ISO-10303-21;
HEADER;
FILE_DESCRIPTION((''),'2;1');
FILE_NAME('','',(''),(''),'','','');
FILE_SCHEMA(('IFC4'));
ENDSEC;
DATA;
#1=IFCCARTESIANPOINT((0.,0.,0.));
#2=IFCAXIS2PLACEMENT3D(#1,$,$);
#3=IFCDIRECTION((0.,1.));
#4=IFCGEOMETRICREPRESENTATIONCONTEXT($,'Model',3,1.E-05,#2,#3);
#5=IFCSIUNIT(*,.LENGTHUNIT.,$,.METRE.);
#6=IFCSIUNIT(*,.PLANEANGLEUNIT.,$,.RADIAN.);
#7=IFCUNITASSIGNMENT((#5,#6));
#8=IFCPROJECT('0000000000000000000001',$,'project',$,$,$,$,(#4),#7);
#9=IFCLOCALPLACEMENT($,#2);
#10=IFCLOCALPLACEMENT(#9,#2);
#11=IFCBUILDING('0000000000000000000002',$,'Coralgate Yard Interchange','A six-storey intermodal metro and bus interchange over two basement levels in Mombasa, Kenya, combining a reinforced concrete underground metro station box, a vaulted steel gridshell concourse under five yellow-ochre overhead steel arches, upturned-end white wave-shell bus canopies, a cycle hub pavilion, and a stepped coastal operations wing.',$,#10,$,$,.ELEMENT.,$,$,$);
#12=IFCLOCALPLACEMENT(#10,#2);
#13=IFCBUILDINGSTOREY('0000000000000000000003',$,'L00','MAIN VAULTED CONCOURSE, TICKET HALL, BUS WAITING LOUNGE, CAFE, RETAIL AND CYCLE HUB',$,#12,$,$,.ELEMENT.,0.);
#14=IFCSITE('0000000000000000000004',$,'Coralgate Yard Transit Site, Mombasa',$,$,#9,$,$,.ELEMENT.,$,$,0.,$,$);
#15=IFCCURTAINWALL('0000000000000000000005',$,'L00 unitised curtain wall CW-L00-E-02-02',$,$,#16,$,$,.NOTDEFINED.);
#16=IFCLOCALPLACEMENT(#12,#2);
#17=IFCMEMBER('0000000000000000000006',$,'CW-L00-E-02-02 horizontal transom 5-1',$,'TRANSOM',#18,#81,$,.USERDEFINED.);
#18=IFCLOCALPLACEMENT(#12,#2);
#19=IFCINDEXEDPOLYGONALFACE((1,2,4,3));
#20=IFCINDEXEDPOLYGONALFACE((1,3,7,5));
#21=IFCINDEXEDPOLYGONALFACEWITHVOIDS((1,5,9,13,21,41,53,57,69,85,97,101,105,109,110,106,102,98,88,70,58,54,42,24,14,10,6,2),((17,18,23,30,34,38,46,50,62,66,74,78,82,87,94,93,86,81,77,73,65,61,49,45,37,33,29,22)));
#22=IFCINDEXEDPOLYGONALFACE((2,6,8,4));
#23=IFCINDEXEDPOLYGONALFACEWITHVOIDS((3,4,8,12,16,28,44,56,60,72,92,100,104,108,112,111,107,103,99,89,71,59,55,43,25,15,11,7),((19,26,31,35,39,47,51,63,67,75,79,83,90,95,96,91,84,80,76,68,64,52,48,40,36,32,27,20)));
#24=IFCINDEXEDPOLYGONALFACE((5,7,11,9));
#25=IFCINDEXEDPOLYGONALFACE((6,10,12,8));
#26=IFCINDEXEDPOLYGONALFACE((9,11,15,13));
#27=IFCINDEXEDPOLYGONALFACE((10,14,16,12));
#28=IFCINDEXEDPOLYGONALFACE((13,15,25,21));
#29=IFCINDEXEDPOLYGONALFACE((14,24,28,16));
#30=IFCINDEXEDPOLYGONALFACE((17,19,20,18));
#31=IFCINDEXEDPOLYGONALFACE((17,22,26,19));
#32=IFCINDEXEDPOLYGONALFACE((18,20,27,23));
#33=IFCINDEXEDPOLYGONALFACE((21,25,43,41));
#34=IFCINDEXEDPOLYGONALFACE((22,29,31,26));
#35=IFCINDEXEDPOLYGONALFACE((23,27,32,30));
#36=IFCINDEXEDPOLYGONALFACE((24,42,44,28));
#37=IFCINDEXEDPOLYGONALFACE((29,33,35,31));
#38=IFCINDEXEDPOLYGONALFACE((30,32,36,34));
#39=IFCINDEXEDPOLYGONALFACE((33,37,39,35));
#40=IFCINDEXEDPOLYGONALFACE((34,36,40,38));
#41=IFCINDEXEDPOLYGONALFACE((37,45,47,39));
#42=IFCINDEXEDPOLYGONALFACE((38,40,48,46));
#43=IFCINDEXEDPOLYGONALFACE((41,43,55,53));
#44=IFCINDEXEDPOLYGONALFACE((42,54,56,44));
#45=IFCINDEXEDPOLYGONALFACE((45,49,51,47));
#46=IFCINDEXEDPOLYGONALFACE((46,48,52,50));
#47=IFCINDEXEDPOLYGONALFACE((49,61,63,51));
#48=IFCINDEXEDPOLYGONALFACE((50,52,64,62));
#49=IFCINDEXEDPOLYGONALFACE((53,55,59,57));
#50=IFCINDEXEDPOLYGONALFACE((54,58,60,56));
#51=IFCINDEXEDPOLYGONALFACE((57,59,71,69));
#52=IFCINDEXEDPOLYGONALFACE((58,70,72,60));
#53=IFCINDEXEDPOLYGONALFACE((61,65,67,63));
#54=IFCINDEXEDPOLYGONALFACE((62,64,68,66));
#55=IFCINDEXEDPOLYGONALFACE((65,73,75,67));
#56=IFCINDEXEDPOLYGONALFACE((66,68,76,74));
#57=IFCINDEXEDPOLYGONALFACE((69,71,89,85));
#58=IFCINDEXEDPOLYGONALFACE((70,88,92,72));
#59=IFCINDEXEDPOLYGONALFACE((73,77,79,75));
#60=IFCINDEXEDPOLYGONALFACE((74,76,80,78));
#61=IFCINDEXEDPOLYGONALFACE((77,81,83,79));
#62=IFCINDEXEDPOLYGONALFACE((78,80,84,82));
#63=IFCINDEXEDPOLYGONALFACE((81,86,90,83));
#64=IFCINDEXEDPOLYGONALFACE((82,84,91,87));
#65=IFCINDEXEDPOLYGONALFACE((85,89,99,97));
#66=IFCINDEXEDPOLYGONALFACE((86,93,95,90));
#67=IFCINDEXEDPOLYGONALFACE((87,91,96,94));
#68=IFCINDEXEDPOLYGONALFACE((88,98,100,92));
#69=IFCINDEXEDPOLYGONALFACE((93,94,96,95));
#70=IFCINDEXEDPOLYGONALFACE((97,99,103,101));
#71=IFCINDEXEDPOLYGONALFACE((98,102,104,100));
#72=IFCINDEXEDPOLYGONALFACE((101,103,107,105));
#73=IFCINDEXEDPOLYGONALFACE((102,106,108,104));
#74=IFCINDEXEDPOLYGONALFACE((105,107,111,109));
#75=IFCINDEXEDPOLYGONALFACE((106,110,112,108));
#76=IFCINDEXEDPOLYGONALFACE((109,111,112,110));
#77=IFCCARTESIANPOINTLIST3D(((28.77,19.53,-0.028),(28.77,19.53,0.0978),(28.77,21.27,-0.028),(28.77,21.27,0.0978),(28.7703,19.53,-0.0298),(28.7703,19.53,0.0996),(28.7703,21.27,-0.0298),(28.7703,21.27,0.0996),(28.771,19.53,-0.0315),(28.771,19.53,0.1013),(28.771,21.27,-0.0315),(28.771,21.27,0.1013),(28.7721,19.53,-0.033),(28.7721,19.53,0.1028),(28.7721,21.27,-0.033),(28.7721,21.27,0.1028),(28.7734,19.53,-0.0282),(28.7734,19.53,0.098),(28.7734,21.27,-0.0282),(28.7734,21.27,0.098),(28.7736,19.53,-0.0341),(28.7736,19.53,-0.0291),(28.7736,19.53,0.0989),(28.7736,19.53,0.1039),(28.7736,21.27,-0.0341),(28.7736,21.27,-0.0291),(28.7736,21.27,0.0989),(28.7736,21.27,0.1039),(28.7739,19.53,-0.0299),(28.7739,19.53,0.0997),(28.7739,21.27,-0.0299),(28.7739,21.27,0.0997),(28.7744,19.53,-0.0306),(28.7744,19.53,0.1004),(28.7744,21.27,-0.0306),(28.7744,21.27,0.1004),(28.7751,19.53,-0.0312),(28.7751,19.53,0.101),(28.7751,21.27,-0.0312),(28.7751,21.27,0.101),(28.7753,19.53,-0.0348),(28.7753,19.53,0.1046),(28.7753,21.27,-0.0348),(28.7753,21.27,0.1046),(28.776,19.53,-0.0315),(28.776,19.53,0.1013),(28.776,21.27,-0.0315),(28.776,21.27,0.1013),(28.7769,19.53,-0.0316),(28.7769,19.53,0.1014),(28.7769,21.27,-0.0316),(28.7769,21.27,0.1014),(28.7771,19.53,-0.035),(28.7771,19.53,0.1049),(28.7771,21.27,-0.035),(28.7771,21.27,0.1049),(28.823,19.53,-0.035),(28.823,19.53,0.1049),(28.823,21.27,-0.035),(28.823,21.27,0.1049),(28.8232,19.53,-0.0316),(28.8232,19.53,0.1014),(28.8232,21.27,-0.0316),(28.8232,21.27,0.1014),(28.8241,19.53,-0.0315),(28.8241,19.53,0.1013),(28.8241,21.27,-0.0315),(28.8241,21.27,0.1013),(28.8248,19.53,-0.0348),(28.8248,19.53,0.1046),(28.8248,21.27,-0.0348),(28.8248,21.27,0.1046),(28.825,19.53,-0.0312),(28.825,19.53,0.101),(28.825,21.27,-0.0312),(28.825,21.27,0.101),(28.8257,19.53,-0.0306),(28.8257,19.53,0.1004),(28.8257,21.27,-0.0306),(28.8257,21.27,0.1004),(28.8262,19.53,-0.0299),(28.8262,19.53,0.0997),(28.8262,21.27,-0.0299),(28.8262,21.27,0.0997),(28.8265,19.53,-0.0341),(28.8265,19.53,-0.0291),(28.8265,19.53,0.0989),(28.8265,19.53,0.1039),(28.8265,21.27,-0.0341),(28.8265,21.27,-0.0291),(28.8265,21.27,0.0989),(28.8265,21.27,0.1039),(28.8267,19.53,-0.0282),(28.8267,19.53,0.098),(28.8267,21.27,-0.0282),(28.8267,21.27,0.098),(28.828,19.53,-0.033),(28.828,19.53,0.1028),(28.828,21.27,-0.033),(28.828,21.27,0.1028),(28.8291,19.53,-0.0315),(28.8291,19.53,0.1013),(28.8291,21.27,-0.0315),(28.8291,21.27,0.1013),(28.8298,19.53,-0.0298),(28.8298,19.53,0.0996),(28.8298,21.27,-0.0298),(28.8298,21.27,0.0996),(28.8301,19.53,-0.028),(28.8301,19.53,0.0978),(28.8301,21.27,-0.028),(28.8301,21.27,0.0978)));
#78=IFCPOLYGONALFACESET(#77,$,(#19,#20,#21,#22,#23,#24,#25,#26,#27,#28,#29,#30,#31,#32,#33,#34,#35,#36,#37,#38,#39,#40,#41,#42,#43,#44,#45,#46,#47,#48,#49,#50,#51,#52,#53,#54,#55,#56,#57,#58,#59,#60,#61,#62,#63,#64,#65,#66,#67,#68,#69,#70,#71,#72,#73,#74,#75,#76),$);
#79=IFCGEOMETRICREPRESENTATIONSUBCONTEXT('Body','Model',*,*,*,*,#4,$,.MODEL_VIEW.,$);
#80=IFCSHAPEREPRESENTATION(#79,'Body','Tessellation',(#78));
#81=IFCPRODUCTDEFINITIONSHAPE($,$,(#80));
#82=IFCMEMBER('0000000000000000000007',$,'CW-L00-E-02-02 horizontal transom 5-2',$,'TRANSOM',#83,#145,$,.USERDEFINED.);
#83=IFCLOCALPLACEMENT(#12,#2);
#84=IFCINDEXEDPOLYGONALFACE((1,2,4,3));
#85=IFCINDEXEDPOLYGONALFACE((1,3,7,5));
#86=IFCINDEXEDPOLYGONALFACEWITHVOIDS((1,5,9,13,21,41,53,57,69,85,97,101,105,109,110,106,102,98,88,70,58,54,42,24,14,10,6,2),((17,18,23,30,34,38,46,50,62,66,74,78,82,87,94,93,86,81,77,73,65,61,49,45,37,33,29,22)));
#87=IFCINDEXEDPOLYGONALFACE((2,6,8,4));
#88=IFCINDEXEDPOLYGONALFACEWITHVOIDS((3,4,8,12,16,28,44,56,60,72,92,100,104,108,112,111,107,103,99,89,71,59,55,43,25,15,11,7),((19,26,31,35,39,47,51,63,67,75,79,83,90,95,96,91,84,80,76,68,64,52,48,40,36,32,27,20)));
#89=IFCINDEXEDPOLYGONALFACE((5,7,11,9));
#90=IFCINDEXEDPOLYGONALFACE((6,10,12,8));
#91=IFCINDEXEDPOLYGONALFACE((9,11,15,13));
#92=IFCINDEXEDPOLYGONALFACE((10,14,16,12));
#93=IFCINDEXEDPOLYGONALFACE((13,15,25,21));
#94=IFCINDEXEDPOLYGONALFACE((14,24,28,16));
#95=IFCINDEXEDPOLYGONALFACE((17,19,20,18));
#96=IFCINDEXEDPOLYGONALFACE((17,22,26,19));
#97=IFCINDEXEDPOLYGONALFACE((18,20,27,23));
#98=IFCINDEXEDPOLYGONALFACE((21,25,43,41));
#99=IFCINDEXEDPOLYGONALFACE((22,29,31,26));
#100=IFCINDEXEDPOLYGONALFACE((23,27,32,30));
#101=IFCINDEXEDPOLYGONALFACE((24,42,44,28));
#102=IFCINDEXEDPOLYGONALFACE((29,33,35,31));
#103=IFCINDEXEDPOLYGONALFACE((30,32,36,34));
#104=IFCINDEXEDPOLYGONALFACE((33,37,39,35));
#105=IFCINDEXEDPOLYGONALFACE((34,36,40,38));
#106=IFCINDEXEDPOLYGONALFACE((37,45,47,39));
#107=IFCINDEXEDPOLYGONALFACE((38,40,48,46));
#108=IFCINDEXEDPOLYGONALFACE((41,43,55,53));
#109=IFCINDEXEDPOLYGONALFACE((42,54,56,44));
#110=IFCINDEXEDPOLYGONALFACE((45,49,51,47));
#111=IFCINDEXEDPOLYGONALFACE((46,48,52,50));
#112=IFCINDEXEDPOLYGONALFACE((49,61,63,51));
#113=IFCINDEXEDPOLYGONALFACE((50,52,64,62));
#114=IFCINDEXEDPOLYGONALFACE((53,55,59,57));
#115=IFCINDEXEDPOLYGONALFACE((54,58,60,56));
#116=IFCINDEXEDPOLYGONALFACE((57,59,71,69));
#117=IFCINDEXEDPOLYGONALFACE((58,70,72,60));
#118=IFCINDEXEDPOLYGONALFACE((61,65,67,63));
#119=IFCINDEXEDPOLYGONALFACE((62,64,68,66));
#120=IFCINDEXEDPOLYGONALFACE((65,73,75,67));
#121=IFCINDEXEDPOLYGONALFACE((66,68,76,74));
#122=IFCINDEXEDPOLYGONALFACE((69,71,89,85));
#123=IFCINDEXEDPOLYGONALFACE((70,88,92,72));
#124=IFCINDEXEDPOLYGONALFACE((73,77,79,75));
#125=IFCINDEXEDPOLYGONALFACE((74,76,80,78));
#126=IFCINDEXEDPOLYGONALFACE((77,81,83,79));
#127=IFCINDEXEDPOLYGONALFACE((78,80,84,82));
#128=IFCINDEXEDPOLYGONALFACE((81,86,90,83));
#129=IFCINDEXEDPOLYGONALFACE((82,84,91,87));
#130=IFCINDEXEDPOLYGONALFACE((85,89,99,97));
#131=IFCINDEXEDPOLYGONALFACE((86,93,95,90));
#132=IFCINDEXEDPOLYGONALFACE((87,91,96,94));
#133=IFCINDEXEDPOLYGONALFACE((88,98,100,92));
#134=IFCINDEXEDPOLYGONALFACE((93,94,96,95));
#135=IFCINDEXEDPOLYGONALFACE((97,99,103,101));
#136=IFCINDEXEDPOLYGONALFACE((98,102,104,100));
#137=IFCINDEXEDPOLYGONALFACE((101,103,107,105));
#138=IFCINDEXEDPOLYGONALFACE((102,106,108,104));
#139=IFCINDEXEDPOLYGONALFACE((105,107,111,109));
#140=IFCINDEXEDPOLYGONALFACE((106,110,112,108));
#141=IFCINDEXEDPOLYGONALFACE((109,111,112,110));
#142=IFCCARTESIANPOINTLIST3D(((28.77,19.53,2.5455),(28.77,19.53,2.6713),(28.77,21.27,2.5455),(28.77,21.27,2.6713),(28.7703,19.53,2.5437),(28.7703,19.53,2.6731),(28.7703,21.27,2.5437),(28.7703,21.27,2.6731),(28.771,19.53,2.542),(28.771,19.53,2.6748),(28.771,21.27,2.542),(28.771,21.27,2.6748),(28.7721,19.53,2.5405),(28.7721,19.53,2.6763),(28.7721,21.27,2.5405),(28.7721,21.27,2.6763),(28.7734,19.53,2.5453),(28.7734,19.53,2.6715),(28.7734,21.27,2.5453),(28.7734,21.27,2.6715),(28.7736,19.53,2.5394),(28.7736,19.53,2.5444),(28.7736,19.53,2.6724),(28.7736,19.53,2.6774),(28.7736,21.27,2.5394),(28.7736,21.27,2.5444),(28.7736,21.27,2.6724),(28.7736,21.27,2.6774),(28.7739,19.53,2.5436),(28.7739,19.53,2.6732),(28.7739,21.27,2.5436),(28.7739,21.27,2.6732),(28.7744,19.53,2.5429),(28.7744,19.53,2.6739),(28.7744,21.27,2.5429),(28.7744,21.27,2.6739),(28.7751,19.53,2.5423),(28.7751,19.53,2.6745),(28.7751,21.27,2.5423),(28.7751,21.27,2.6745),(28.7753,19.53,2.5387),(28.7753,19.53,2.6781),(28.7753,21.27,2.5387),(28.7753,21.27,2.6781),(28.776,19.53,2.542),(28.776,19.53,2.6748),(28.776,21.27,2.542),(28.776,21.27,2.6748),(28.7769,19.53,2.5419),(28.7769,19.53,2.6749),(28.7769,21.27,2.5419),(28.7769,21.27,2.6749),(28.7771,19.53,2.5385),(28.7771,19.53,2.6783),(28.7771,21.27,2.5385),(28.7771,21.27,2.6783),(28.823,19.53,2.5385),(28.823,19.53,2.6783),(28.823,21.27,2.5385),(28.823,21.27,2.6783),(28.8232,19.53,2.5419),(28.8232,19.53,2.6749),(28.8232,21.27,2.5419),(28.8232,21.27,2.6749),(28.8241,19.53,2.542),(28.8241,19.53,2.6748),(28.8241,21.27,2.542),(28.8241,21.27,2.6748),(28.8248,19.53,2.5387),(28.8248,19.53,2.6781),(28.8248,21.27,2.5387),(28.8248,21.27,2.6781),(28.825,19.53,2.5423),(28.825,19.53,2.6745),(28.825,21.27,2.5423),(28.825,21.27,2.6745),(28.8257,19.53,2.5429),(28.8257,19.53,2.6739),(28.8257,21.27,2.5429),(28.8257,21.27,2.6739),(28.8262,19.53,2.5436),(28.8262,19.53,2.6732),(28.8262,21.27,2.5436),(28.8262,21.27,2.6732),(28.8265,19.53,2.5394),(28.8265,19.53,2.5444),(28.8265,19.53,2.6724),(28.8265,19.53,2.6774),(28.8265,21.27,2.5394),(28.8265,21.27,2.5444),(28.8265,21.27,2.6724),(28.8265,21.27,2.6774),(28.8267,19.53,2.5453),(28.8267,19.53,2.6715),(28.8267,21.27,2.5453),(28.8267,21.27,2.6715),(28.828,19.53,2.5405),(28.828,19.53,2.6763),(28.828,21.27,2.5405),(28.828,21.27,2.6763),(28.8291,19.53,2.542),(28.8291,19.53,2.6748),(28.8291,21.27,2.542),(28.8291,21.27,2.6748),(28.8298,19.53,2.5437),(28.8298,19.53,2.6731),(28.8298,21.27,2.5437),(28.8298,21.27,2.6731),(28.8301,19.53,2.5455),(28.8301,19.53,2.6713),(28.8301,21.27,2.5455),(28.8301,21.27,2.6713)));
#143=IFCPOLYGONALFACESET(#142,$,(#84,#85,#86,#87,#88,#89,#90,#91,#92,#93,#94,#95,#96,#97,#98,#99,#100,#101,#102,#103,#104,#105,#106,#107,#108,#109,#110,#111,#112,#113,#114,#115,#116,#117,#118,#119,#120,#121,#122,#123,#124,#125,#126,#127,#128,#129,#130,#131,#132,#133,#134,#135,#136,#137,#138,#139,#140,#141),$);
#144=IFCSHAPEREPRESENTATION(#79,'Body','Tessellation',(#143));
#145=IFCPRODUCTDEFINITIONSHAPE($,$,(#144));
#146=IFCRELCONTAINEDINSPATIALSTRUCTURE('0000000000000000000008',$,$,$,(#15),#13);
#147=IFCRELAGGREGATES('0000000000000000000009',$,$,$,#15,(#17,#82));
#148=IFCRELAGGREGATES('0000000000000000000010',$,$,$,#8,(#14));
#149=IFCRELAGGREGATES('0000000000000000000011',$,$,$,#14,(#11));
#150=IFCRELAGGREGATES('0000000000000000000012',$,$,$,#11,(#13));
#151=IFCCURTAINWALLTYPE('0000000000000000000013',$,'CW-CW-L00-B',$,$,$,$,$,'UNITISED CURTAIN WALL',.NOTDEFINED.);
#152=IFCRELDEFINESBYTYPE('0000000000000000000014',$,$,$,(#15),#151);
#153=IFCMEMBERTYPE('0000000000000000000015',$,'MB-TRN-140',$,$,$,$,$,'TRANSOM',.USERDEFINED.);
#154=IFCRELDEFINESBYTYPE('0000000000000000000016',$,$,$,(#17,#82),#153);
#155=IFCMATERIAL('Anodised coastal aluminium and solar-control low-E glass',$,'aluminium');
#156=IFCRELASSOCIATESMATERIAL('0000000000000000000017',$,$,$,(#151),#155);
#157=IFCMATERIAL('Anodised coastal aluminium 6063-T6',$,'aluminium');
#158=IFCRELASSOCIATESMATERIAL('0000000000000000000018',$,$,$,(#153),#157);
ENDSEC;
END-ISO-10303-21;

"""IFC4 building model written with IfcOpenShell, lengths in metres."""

from ifc_helpers import new_model, si_unit, direction, frame, origin, origin_2d, place, context, subcontext, project, spatial, hollow_rectangle, extrude, material, material_profile, profile_set, type_object, element, aggregate, save


model = new_model("IFC4")

# Units and contexts
model_context = context("Model", 3, precision=1e-05, world=origin(), true_north=direction((0.0, 1.0)))
body_context = subcontext(model_context, "Body", "Model", "MODEL_VIEW")
ifc_project = project(units=[si_unit("LENGTHUNIT", "METRE"), si_unit("PLANEANGLEUNIT", "RADIAN")], contexts=[model_context])

# Site, building, storey
site_placement = place(None, origin())
site = spatial("IfcSite", under=ifc_project, at=site_placement, Name="Coralgate Yard Transit Site, Mombasa", CompositionType="ELEMENT", RefElevation=0.0)
building_placement = place(site_placement, origin())
building = spatial("IfcBuilding", under=site, at=building_placement, Name="Coralgate Yard Interchange", Description="A six-storey intermodal metro and bus interchange over two basement levels in Mombasa, Kenya, combining a reinforced concrete underground metro station box, a vaulted steel gridshell concourse under five yellow-ochre overhead steel arches, upturned-end white wave-shell bus canopies, a cycle hub pavilion, and a stepped coastal operations wing.", CompositionType="ELEMENT")
storey_placement = place(building_placement, origin())
storey = spatial("IfcBuildingStorey", under=building, at=storey_placement, Name="L00", Description="MAIN VAULTED CONCOURSE, TICKET HALL, BUS WAITING LOUNGE, CAFE, RETAIL AND CYCLE HUB", CompositionType="ELEMENT", Elevation=0.0)

# Curtain wall, members
ifc_material_1 = material(Name="Anodised coastal aluminium and solar-control low-E glass", Category="aluminium")
curtain_wall_type = type_object("IfcCurtainWallType", Name="CW-CW-L00-B", ElementType="UNITISED CURTAIN WALL", PredefinedType="NOTDEFINED", material=ifc_material_1)
curtain_wall_placement = place(storey_placement, origin())
curtain_wall = element("IfcCurtainWall", 1, at=curtain_wall_placement, inside=storey, type_object=curtain_wall_type, Name="L00 unitised curtain wall CW-L00-E-02-02", PredefinedType="NOTDEFINED")
ifc_material_2 = material(Name="Anodised coastal aluminium 6063-T6", Category="aluminium")
ifc_material_profile_1 = material_profile(ifc_material_2, hollow_rectangle(XDim=0.0601, YDim=0.1399, WallThickness=0.0034, InnerFilletRadius=0.0034, OuterFilletRadius=0.0071, at=origin_2d()), Name="ALU 60x140x3.5")
ifc_profile_set_1 = profile_set([ifc_material_profile_1], Name="Anodised coastal aluminium 6063-T6")
member_type_1 = type_object("IfcMemberType", Name="MB-TRN-140", ElementType="TRANSOM", PredefinedType="USERDEFINED", material=ifc_profile_set_1)
member_1_placement = place(storey_placement, frame((28.8, 21.27, 0.0349), z_axis=(0.0, -1.0, 0.0), x_axis=(1.0, 0.0, 0.0)))
member_1 = element("IfcMember", 2, at=member_1_placement, type_object=member_type_1, Name="CW-L00-E-02-02 horizontal transom 5-1", ObjectType="TRANSOM", PredefinedType="USERDEFINED", context=body_context, shape_type="SweptSolid", body=[
    extrude(hollow_rectangle(XDim=0.0601, YDim=0.1399, WallThickness=0.0034, InnerFilletRadius=0.0034, OuterFilletRadius=0.0071, at=origin_2d()), origin(), (0.0, 0.0, 1.0), 1.74),
])
member_2_placement = place(storey_placement, frame((28.8, 21.27, 2.6084), z_axis=(0.0, -1.0, 0.0), x_axis=(1.0, 0.0, 0.0)))
member_2 = element("IfcMember", 3, at=member_2_placement, type_object=member_type_1, Name="CW-L00-E-02-02 horizontal transom 5-2", ObjectType="TRANSOM", PredefinedType="USERDEFINED", context=body_context, shape_type="SweptSolid", body=[
    extrude(hollow_rectangle(XDim=0.0601, YDim=0.1399, WallThickness=0.0034, InnerFilletRadius=0.0034, OuterFilletRadius=0.0071, at=origin_2d()), origin(), (0.0, 0.0, 1.0), 1.74),
])
aggregate(curtain_wall, [member_1, member_2])

save(model, "model.ifc")
